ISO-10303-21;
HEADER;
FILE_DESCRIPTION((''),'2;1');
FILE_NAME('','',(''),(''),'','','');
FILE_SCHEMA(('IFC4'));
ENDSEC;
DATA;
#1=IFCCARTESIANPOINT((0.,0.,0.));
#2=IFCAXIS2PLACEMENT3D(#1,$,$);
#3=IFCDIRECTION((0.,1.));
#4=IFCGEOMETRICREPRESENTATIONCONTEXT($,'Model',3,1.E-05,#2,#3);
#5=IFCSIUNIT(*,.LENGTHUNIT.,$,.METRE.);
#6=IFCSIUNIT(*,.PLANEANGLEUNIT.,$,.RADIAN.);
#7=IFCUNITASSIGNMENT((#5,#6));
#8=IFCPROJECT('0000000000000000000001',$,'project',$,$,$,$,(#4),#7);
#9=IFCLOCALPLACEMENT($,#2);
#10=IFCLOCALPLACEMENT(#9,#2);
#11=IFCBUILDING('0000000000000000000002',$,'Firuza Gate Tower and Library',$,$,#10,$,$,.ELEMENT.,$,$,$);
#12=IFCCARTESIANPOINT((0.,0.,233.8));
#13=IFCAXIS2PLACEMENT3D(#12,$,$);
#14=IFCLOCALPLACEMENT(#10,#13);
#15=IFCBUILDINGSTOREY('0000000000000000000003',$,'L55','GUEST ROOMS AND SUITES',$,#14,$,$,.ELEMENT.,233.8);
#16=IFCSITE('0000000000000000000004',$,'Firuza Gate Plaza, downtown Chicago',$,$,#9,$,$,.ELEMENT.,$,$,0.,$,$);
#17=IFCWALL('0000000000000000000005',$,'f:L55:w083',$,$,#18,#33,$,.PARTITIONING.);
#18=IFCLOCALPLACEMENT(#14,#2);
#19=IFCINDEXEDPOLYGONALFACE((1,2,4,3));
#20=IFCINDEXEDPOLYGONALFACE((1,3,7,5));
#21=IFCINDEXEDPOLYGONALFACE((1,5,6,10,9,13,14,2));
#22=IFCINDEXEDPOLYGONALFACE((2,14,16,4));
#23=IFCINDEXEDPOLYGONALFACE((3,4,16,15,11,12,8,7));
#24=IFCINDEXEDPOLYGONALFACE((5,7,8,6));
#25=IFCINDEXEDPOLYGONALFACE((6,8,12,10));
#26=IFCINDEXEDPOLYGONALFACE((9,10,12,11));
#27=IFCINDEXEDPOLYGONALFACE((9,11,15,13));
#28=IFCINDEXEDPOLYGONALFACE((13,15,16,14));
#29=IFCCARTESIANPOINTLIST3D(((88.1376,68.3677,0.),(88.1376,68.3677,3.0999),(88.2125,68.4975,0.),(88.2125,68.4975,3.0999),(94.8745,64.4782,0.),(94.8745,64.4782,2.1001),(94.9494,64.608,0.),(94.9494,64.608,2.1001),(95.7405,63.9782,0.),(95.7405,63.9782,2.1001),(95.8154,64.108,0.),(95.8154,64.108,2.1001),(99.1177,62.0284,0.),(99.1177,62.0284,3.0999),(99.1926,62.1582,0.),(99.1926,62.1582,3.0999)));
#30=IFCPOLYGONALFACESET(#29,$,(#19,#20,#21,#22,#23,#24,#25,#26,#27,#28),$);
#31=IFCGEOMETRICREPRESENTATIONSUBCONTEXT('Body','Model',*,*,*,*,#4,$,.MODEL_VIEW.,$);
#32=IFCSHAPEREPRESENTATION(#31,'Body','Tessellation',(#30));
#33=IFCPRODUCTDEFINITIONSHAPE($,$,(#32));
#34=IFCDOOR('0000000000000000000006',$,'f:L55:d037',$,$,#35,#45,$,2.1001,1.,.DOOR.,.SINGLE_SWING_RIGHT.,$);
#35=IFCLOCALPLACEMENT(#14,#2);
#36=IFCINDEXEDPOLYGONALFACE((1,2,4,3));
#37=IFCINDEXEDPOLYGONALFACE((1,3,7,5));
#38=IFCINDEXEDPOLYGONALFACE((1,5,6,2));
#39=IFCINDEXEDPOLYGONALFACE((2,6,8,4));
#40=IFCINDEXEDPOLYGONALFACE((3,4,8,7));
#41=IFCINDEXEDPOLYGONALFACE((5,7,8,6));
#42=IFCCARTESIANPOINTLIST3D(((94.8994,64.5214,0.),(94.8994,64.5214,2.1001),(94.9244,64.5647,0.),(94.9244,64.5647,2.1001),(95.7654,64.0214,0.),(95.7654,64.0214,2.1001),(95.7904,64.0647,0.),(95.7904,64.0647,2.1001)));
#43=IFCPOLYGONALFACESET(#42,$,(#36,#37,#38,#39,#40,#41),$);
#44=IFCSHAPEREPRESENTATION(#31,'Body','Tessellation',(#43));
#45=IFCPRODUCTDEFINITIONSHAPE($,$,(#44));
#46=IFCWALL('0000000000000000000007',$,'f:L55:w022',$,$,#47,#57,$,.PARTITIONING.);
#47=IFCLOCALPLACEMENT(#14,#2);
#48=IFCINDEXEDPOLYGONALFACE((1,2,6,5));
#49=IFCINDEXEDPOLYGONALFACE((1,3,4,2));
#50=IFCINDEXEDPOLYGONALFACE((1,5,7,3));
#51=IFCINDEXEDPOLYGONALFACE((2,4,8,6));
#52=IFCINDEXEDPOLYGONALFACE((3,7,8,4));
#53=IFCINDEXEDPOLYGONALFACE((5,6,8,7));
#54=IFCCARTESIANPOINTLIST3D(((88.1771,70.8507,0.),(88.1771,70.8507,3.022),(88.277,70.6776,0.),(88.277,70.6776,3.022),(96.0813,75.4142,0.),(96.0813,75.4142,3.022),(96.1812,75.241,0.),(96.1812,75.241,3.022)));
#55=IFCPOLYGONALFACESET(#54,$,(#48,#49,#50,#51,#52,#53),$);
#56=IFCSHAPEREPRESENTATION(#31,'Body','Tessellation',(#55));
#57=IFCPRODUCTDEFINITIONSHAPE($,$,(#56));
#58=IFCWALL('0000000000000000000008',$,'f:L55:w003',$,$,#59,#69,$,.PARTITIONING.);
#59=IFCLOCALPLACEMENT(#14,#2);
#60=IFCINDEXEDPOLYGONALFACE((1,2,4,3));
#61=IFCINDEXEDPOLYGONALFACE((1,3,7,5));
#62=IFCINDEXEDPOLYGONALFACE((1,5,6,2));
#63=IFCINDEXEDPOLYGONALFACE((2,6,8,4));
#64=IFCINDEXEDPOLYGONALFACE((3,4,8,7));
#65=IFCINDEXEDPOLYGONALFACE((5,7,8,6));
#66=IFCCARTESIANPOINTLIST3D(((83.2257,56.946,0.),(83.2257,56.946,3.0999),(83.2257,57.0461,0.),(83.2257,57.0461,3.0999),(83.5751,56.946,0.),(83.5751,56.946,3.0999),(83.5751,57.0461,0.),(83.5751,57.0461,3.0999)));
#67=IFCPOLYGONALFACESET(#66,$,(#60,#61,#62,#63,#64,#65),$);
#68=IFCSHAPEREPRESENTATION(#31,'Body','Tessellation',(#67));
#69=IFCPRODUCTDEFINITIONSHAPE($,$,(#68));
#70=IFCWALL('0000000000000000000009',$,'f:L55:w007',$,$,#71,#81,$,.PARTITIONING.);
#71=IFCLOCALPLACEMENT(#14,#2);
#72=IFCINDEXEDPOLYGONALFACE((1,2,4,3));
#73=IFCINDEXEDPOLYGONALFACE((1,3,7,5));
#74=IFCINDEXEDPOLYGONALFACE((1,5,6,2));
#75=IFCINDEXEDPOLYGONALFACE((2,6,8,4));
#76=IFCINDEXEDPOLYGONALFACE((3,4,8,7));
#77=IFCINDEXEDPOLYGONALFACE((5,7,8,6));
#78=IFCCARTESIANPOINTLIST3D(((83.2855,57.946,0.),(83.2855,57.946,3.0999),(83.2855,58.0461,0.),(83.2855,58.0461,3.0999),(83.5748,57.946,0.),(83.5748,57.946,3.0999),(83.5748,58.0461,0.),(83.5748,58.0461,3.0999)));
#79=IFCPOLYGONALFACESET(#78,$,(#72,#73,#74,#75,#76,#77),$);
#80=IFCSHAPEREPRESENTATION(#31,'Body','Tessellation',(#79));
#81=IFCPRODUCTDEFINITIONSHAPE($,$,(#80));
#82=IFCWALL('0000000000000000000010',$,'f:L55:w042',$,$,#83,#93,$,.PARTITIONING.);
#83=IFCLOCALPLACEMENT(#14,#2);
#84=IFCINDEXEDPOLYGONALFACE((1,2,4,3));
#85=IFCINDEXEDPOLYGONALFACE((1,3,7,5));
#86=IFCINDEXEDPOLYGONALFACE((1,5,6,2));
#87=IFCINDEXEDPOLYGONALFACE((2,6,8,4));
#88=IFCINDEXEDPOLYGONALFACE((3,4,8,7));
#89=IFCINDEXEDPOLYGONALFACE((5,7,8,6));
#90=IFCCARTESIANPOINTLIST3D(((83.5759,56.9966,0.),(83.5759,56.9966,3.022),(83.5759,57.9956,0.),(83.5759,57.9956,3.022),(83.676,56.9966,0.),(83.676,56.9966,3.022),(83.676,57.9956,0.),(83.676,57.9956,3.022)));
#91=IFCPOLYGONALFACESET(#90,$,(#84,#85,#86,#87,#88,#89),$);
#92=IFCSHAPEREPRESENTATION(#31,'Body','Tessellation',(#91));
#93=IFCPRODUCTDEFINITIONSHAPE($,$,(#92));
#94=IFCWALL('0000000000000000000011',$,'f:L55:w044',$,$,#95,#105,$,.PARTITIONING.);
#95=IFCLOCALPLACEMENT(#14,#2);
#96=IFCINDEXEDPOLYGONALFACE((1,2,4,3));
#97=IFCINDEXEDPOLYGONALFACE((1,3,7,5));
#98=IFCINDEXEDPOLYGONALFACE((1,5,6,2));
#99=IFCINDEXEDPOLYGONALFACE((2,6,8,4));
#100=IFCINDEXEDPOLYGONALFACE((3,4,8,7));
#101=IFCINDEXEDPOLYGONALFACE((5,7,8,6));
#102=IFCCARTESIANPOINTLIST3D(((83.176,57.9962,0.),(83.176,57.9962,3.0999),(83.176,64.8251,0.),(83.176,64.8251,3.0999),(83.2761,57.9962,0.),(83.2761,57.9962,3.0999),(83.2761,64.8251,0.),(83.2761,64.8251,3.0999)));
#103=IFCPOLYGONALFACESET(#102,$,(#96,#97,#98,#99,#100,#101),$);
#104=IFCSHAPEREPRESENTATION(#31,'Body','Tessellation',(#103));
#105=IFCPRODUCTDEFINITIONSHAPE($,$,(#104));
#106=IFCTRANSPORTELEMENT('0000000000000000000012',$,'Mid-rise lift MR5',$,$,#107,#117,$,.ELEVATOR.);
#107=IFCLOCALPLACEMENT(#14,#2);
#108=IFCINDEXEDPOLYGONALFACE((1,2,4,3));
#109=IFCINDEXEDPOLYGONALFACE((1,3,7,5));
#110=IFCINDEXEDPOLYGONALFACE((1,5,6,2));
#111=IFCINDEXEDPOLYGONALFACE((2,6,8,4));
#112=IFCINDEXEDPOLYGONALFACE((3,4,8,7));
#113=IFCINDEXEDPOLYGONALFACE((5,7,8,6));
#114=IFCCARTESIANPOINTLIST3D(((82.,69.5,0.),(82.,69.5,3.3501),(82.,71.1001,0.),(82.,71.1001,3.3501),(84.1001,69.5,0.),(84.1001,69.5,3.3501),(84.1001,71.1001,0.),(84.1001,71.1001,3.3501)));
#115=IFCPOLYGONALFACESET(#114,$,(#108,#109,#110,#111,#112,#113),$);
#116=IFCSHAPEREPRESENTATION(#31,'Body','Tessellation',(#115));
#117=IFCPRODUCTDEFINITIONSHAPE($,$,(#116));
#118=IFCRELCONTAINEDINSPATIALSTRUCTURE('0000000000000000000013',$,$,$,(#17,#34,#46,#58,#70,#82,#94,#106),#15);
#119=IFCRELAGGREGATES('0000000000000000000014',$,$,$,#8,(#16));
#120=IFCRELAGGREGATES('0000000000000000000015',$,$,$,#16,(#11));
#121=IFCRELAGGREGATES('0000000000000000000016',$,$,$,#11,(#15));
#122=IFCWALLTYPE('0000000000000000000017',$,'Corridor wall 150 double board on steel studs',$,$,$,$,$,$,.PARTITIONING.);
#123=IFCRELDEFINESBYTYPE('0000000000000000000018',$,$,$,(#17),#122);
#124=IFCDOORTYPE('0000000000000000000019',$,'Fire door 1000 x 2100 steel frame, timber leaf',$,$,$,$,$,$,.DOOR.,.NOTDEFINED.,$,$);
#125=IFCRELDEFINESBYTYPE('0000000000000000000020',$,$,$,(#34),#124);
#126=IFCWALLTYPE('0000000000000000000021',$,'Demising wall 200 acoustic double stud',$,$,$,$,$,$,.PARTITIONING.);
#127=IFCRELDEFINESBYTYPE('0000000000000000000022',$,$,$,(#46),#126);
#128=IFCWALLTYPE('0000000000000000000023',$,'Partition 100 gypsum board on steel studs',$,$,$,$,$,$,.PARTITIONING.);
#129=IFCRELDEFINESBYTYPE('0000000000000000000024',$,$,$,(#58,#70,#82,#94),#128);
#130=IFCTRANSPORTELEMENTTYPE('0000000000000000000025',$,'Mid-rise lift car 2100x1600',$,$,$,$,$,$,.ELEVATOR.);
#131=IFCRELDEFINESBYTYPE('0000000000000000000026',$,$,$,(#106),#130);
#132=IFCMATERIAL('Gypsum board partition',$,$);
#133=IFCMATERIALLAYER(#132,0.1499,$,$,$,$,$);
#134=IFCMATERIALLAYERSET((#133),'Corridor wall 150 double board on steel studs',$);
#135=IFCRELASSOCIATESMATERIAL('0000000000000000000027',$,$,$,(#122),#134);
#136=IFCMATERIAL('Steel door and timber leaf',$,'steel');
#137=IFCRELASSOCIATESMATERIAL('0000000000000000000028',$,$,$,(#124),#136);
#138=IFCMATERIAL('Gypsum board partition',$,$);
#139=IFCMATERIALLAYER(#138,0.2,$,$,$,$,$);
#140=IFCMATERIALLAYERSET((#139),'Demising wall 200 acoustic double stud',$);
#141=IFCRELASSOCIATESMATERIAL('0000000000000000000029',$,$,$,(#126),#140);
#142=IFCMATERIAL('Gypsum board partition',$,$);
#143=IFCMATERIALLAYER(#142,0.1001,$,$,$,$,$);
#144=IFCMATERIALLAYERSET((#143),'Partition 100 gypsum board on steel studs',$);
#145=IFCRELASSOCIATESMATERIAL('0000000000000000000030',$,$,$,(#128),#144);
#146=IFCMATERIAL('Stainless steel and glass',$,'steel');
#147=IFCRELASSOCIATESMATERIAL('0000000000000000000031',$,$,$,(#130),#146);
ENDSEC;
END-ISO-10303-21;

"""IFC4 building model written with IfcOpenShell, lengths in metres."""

from ifc_helpers import new_model, si_unit, direction, frame, frame_2d, origin, origin_2d, place, context, subcontext, project, spatial, rectangle, extrude, material, layer, layer_set, type_object, element, fill, save


model = new_model("IFC4")

# Units and contexts
model_context = context("Model", 3, precision=1e-05, world=origin(), true_north=direction((0.0, 1.0)))
body_context = subcontext(model_context, "Body", "Model", "MODEL_VIEW")
ifc_project = project(units=[si_unit("LENGTHUNIT", "METRE"), si_unit("PLANEANGLEUNIT", "RADIAN")], contexts=[model_context])

# Site, building, storey
site_placement = place(None, origin())
site = spatial("IfcSite", under=ifc_project, at=site_placement, Name="Firuza Gate Plaza, downtown Chicago", CompositionType="ELEMENT", RefElevation=0.0)
building_placement = place(site_placement, origin())
building = spatial("IfcBuilding", under=site, at=building_placement, Name="Firuza Gate Tower and Library", CompositionType="ELEMENT")
storey_placement = place(building_placement, frame((0.0, 0.0, 233.8)))
storey = spatial("IfcBuildingStorey", under=building, at=storey_placement, Name="L55", Description="GUEST ROOMS AND SUITES", CompositionType="ELEMENT", Elevation=233.8)

# Shared definitions
ifc_material_1 = material(Name="Gypsum board partition")
ifc_layer_1 = layer(ifc_material_1, 0.1499)
ifc_layer_set_1 = layer_set([ifc_layer_1], Name="Corridor wall 150 double board on steel studs")
wall_type_1 = type_object("IfcWallType", Name="Corridor wall 150 double board on steel studs", PredefinedType="PARTITIONING", material=ifc_layer_set_1)
ifc_material_2 = material(Name="Steel door and timber leaf", Category="steel")
door_type_1 = type_object("IfcDoorType", Name="Fire door 1000 x 2100 steel frame, timber leaf", OperationType="NOTDEFINED", PredefinedType="DOOR", material=ifc_material_2)

# Wall, opening, door
wall_1_placement = place(storey_placement, frame((88.175, 68.4326, 0.0), z_axis=(0.0, 0.0, 1.0), x_axis=(0.866028, -0.499995, 0.0)))
wall_1 = element("IfcWall", 1, at=wall_1_placement, inside=storey, type_object=wall_type_1, Name="f:L55:w083", PredefinedType="PARTITIONING", context=body_context, shape_type="SweptSolid", body=[
    extrude(rectangle(XDim=12.6787, YDim=0.1499, at=frame_2d((6.3394, 0.0))), origin(), (0.0, 0.0, 1.0), 3.0999),
])
opening_1_placement = place(wall_1_placement, frame((7.7791, 0.0, 0.0)))
opening_1 = element("IfcOpeningElement", 2, at=opening_1_placement, cuts=wall_1, PredefinedType="OPENING", context=body_context, shape_type="SweptSolid", body=[
    extrude(rectangle(XDim=1.0, YDim=2.1001, at=frame_2d((0.5, 1.05))), frame((0.0, 0.085, 0.0), z_axis=(0.0, -1.0, 0.0), x_axis=(1.0, 0.0, 0.0)), (0.0, 0.0, 1.0), 0.1699),
])
door_1_placement = place(opening_1_placement, origin())
door_1 = element("IfcDoor", 3, at=door_1_placement, inside=storey, type_object=door_type_1, Name="f:L55:d037", OperationType="SINGLE_SWING_RIGHT", OverallHeight=2.1001, OverallWidth=1.0, PredefinedType="DOOR", context=body_context, shape_type="SweptSolid", body=[
    extrude(rectangle(XDim=1.0, YDim=2.1001, at=frame_2d((0.5, 1.05))), frame((0.0, 0.0249, 0.0), z_axis=(0.0, -1.0, 0.0), x_axis=(1.0, 0.0, 0.0)), (0.0, 0.0, 1.0), 0.05),
])
fill(opening_1, door_1)

# Walls
ifc_material_3 = material(Name="Gypsum board partition")
ifc_layer_2 = layer(ifc_material_3, 0.2)
ifc_layer_set_2 = layer_set([ifc_layer_2], Name="Demising wall 200 acoustic double stud")
wall_type_2 = type_object("IfcWallType", Name="Demising wall 200 acoustic double stud", PredefinedType="PARTITIONING", material=ifc_layer_set_2)
wall_2_placement = place(storey_placement, frame((88.2271, 70.7642, 0.0), z_axis=(0.0, 0.0, 1.0), x_axis=(0.866029, 0.499994, 0.0)))
element("IfcWall", 4, at=wall_2_placement, inside=storey, type_object=wall_type_2, Name="f:L55:w022", PredefinedType="PARTITIONING", context=body_context, shape_type="SweptSolid", body=[
    extrude(rectangle(XDim=9.127, YDim=0.2, at=frame_2d((4.5635, 0.0))), origin(), (0.0, 0.0, 1.0), 3.022),
])
ifc_material_4 = material(Name="Gypsum board partition")
ifc_layer_3 = layer(ifc_material_4, 0.1001)
ifc_layer_set_3 = layer_set([ifc_layer_3], Name="Partition 100 gypsum board on steel studs")
wall_type_3 = type_object("IfcWallType", Name="Partition 100 gypsum board on steel studs", PredefinedType="PARTITIONING", material=ifc_layer_set_3)
wall_3_placement = place(storey_placement, frame((83.2256, 56.9961, 0.0), z_axis=(0.0, 0.0, 1.0), x_axis=(1.0, 0.0, 0.0)))
element("IfcWall", 5, at=wall_3_placement, inside=storey, type_object=wall_type_3, Name="f:L55:w003", PredefinedType="PARTITIONING", context=body_context, shape_type="SweptSolid", body=[
    extrude(rectangle(XDim=0.3494, YDim=0.1001, at=frame_2d((0.1748, 0.0))), origin(), (0.0, 0.0, 1.0), 3.0999),
])
wall_4_placement = place(storey_placement, frame((83.2856, 57.9961, 0.0), z_axis=(0.0, 0.0, 1.0), x_axis=(1.0, 0.0, 0.0)))
element("IfcWall", 6, at=wall_4_placement, inside=storey, type_object=wall_type_3, Name="f:L55:w007", PredefinedType="PARTITIONING", context=body_context, shape_type="SweptSolid", body=[
    extrude(rectangle(XDim=0.2893, YDim=0.1001, at=frame_2d((0.1445, 0.0))), origin(), (0.0, 0.0, 1.0), 3.0999),
])
wall_5_placement = place(storey_placement, frame((83.626, 56.9966, 0.0), z_axis=(0.0, 0.0, 1.0), x_axis=(0.0, 1.0, 0.0)))
element("IfcWall", 7, at=wall_5_placement, inside=storey, type_object=wall_type_3, Name="f:L55:w042", PredefinedType="PARTITIONING", context=body_context, shape_type="SweptSolid", body=[
    extrude(rectangle(XDim=0.999, YDim=0.1001, at=frame_2d((0.4995, 0.0))), origin(), (0.0, 0.0, 1.0), 3.022),
])
wall_6_placement = place(storey_placement, frame((83.2261, 57.9961, 0.0), z_axis=(0.0, 0.0, 1.0), x_axis=(0.0, 1.0, 0.0)))
element("IfcWall", 8, at=wall_6_placement, inside=storey, type_object=wall_type_3, Name="f:L55:w044", PredefinedType="PARTITIONING", context=body_context, shape_type="SweptSolid", body=[
    extrude(rectangle(XDim=6.8289, YDim=0.1001, at=frame_2d((3.4146, 0.0))), origin(), (0.0, 0.0, 1.0), 3.0999),
])

# Transport element
ifc_material_5 = material(Name="Stainless steel and glass", Category="steel")
transport_element_type = type_object("IfcTransportElementType", Name="Mid-rise lift car 2100x1600", PredefinedType="ELEVATOR", material=ifc_material_5)
transport_element_placement = place(storey_placement, frame((83.05, 70.3, 0.0), z_axis=(0.0, 0.0, 1.0), x_axis=(1.0, 0.0, 0.0)))
element("IfcTransportElement", 9, at=transport_element_placement, inside=storey, type_object=transport_element_type, Name="Mid-rise lift MR5", PredefinedType="ELEVATOR", context=body_context, shape_type="SweptSolid", body=[
    extrude(rectangle(XDim=2.1001, YDim=1.6001, at=origin_2d()), origin(), (0.0, 0.0, 1.0), 3.3501),
])

save(model, "model.ifc")
